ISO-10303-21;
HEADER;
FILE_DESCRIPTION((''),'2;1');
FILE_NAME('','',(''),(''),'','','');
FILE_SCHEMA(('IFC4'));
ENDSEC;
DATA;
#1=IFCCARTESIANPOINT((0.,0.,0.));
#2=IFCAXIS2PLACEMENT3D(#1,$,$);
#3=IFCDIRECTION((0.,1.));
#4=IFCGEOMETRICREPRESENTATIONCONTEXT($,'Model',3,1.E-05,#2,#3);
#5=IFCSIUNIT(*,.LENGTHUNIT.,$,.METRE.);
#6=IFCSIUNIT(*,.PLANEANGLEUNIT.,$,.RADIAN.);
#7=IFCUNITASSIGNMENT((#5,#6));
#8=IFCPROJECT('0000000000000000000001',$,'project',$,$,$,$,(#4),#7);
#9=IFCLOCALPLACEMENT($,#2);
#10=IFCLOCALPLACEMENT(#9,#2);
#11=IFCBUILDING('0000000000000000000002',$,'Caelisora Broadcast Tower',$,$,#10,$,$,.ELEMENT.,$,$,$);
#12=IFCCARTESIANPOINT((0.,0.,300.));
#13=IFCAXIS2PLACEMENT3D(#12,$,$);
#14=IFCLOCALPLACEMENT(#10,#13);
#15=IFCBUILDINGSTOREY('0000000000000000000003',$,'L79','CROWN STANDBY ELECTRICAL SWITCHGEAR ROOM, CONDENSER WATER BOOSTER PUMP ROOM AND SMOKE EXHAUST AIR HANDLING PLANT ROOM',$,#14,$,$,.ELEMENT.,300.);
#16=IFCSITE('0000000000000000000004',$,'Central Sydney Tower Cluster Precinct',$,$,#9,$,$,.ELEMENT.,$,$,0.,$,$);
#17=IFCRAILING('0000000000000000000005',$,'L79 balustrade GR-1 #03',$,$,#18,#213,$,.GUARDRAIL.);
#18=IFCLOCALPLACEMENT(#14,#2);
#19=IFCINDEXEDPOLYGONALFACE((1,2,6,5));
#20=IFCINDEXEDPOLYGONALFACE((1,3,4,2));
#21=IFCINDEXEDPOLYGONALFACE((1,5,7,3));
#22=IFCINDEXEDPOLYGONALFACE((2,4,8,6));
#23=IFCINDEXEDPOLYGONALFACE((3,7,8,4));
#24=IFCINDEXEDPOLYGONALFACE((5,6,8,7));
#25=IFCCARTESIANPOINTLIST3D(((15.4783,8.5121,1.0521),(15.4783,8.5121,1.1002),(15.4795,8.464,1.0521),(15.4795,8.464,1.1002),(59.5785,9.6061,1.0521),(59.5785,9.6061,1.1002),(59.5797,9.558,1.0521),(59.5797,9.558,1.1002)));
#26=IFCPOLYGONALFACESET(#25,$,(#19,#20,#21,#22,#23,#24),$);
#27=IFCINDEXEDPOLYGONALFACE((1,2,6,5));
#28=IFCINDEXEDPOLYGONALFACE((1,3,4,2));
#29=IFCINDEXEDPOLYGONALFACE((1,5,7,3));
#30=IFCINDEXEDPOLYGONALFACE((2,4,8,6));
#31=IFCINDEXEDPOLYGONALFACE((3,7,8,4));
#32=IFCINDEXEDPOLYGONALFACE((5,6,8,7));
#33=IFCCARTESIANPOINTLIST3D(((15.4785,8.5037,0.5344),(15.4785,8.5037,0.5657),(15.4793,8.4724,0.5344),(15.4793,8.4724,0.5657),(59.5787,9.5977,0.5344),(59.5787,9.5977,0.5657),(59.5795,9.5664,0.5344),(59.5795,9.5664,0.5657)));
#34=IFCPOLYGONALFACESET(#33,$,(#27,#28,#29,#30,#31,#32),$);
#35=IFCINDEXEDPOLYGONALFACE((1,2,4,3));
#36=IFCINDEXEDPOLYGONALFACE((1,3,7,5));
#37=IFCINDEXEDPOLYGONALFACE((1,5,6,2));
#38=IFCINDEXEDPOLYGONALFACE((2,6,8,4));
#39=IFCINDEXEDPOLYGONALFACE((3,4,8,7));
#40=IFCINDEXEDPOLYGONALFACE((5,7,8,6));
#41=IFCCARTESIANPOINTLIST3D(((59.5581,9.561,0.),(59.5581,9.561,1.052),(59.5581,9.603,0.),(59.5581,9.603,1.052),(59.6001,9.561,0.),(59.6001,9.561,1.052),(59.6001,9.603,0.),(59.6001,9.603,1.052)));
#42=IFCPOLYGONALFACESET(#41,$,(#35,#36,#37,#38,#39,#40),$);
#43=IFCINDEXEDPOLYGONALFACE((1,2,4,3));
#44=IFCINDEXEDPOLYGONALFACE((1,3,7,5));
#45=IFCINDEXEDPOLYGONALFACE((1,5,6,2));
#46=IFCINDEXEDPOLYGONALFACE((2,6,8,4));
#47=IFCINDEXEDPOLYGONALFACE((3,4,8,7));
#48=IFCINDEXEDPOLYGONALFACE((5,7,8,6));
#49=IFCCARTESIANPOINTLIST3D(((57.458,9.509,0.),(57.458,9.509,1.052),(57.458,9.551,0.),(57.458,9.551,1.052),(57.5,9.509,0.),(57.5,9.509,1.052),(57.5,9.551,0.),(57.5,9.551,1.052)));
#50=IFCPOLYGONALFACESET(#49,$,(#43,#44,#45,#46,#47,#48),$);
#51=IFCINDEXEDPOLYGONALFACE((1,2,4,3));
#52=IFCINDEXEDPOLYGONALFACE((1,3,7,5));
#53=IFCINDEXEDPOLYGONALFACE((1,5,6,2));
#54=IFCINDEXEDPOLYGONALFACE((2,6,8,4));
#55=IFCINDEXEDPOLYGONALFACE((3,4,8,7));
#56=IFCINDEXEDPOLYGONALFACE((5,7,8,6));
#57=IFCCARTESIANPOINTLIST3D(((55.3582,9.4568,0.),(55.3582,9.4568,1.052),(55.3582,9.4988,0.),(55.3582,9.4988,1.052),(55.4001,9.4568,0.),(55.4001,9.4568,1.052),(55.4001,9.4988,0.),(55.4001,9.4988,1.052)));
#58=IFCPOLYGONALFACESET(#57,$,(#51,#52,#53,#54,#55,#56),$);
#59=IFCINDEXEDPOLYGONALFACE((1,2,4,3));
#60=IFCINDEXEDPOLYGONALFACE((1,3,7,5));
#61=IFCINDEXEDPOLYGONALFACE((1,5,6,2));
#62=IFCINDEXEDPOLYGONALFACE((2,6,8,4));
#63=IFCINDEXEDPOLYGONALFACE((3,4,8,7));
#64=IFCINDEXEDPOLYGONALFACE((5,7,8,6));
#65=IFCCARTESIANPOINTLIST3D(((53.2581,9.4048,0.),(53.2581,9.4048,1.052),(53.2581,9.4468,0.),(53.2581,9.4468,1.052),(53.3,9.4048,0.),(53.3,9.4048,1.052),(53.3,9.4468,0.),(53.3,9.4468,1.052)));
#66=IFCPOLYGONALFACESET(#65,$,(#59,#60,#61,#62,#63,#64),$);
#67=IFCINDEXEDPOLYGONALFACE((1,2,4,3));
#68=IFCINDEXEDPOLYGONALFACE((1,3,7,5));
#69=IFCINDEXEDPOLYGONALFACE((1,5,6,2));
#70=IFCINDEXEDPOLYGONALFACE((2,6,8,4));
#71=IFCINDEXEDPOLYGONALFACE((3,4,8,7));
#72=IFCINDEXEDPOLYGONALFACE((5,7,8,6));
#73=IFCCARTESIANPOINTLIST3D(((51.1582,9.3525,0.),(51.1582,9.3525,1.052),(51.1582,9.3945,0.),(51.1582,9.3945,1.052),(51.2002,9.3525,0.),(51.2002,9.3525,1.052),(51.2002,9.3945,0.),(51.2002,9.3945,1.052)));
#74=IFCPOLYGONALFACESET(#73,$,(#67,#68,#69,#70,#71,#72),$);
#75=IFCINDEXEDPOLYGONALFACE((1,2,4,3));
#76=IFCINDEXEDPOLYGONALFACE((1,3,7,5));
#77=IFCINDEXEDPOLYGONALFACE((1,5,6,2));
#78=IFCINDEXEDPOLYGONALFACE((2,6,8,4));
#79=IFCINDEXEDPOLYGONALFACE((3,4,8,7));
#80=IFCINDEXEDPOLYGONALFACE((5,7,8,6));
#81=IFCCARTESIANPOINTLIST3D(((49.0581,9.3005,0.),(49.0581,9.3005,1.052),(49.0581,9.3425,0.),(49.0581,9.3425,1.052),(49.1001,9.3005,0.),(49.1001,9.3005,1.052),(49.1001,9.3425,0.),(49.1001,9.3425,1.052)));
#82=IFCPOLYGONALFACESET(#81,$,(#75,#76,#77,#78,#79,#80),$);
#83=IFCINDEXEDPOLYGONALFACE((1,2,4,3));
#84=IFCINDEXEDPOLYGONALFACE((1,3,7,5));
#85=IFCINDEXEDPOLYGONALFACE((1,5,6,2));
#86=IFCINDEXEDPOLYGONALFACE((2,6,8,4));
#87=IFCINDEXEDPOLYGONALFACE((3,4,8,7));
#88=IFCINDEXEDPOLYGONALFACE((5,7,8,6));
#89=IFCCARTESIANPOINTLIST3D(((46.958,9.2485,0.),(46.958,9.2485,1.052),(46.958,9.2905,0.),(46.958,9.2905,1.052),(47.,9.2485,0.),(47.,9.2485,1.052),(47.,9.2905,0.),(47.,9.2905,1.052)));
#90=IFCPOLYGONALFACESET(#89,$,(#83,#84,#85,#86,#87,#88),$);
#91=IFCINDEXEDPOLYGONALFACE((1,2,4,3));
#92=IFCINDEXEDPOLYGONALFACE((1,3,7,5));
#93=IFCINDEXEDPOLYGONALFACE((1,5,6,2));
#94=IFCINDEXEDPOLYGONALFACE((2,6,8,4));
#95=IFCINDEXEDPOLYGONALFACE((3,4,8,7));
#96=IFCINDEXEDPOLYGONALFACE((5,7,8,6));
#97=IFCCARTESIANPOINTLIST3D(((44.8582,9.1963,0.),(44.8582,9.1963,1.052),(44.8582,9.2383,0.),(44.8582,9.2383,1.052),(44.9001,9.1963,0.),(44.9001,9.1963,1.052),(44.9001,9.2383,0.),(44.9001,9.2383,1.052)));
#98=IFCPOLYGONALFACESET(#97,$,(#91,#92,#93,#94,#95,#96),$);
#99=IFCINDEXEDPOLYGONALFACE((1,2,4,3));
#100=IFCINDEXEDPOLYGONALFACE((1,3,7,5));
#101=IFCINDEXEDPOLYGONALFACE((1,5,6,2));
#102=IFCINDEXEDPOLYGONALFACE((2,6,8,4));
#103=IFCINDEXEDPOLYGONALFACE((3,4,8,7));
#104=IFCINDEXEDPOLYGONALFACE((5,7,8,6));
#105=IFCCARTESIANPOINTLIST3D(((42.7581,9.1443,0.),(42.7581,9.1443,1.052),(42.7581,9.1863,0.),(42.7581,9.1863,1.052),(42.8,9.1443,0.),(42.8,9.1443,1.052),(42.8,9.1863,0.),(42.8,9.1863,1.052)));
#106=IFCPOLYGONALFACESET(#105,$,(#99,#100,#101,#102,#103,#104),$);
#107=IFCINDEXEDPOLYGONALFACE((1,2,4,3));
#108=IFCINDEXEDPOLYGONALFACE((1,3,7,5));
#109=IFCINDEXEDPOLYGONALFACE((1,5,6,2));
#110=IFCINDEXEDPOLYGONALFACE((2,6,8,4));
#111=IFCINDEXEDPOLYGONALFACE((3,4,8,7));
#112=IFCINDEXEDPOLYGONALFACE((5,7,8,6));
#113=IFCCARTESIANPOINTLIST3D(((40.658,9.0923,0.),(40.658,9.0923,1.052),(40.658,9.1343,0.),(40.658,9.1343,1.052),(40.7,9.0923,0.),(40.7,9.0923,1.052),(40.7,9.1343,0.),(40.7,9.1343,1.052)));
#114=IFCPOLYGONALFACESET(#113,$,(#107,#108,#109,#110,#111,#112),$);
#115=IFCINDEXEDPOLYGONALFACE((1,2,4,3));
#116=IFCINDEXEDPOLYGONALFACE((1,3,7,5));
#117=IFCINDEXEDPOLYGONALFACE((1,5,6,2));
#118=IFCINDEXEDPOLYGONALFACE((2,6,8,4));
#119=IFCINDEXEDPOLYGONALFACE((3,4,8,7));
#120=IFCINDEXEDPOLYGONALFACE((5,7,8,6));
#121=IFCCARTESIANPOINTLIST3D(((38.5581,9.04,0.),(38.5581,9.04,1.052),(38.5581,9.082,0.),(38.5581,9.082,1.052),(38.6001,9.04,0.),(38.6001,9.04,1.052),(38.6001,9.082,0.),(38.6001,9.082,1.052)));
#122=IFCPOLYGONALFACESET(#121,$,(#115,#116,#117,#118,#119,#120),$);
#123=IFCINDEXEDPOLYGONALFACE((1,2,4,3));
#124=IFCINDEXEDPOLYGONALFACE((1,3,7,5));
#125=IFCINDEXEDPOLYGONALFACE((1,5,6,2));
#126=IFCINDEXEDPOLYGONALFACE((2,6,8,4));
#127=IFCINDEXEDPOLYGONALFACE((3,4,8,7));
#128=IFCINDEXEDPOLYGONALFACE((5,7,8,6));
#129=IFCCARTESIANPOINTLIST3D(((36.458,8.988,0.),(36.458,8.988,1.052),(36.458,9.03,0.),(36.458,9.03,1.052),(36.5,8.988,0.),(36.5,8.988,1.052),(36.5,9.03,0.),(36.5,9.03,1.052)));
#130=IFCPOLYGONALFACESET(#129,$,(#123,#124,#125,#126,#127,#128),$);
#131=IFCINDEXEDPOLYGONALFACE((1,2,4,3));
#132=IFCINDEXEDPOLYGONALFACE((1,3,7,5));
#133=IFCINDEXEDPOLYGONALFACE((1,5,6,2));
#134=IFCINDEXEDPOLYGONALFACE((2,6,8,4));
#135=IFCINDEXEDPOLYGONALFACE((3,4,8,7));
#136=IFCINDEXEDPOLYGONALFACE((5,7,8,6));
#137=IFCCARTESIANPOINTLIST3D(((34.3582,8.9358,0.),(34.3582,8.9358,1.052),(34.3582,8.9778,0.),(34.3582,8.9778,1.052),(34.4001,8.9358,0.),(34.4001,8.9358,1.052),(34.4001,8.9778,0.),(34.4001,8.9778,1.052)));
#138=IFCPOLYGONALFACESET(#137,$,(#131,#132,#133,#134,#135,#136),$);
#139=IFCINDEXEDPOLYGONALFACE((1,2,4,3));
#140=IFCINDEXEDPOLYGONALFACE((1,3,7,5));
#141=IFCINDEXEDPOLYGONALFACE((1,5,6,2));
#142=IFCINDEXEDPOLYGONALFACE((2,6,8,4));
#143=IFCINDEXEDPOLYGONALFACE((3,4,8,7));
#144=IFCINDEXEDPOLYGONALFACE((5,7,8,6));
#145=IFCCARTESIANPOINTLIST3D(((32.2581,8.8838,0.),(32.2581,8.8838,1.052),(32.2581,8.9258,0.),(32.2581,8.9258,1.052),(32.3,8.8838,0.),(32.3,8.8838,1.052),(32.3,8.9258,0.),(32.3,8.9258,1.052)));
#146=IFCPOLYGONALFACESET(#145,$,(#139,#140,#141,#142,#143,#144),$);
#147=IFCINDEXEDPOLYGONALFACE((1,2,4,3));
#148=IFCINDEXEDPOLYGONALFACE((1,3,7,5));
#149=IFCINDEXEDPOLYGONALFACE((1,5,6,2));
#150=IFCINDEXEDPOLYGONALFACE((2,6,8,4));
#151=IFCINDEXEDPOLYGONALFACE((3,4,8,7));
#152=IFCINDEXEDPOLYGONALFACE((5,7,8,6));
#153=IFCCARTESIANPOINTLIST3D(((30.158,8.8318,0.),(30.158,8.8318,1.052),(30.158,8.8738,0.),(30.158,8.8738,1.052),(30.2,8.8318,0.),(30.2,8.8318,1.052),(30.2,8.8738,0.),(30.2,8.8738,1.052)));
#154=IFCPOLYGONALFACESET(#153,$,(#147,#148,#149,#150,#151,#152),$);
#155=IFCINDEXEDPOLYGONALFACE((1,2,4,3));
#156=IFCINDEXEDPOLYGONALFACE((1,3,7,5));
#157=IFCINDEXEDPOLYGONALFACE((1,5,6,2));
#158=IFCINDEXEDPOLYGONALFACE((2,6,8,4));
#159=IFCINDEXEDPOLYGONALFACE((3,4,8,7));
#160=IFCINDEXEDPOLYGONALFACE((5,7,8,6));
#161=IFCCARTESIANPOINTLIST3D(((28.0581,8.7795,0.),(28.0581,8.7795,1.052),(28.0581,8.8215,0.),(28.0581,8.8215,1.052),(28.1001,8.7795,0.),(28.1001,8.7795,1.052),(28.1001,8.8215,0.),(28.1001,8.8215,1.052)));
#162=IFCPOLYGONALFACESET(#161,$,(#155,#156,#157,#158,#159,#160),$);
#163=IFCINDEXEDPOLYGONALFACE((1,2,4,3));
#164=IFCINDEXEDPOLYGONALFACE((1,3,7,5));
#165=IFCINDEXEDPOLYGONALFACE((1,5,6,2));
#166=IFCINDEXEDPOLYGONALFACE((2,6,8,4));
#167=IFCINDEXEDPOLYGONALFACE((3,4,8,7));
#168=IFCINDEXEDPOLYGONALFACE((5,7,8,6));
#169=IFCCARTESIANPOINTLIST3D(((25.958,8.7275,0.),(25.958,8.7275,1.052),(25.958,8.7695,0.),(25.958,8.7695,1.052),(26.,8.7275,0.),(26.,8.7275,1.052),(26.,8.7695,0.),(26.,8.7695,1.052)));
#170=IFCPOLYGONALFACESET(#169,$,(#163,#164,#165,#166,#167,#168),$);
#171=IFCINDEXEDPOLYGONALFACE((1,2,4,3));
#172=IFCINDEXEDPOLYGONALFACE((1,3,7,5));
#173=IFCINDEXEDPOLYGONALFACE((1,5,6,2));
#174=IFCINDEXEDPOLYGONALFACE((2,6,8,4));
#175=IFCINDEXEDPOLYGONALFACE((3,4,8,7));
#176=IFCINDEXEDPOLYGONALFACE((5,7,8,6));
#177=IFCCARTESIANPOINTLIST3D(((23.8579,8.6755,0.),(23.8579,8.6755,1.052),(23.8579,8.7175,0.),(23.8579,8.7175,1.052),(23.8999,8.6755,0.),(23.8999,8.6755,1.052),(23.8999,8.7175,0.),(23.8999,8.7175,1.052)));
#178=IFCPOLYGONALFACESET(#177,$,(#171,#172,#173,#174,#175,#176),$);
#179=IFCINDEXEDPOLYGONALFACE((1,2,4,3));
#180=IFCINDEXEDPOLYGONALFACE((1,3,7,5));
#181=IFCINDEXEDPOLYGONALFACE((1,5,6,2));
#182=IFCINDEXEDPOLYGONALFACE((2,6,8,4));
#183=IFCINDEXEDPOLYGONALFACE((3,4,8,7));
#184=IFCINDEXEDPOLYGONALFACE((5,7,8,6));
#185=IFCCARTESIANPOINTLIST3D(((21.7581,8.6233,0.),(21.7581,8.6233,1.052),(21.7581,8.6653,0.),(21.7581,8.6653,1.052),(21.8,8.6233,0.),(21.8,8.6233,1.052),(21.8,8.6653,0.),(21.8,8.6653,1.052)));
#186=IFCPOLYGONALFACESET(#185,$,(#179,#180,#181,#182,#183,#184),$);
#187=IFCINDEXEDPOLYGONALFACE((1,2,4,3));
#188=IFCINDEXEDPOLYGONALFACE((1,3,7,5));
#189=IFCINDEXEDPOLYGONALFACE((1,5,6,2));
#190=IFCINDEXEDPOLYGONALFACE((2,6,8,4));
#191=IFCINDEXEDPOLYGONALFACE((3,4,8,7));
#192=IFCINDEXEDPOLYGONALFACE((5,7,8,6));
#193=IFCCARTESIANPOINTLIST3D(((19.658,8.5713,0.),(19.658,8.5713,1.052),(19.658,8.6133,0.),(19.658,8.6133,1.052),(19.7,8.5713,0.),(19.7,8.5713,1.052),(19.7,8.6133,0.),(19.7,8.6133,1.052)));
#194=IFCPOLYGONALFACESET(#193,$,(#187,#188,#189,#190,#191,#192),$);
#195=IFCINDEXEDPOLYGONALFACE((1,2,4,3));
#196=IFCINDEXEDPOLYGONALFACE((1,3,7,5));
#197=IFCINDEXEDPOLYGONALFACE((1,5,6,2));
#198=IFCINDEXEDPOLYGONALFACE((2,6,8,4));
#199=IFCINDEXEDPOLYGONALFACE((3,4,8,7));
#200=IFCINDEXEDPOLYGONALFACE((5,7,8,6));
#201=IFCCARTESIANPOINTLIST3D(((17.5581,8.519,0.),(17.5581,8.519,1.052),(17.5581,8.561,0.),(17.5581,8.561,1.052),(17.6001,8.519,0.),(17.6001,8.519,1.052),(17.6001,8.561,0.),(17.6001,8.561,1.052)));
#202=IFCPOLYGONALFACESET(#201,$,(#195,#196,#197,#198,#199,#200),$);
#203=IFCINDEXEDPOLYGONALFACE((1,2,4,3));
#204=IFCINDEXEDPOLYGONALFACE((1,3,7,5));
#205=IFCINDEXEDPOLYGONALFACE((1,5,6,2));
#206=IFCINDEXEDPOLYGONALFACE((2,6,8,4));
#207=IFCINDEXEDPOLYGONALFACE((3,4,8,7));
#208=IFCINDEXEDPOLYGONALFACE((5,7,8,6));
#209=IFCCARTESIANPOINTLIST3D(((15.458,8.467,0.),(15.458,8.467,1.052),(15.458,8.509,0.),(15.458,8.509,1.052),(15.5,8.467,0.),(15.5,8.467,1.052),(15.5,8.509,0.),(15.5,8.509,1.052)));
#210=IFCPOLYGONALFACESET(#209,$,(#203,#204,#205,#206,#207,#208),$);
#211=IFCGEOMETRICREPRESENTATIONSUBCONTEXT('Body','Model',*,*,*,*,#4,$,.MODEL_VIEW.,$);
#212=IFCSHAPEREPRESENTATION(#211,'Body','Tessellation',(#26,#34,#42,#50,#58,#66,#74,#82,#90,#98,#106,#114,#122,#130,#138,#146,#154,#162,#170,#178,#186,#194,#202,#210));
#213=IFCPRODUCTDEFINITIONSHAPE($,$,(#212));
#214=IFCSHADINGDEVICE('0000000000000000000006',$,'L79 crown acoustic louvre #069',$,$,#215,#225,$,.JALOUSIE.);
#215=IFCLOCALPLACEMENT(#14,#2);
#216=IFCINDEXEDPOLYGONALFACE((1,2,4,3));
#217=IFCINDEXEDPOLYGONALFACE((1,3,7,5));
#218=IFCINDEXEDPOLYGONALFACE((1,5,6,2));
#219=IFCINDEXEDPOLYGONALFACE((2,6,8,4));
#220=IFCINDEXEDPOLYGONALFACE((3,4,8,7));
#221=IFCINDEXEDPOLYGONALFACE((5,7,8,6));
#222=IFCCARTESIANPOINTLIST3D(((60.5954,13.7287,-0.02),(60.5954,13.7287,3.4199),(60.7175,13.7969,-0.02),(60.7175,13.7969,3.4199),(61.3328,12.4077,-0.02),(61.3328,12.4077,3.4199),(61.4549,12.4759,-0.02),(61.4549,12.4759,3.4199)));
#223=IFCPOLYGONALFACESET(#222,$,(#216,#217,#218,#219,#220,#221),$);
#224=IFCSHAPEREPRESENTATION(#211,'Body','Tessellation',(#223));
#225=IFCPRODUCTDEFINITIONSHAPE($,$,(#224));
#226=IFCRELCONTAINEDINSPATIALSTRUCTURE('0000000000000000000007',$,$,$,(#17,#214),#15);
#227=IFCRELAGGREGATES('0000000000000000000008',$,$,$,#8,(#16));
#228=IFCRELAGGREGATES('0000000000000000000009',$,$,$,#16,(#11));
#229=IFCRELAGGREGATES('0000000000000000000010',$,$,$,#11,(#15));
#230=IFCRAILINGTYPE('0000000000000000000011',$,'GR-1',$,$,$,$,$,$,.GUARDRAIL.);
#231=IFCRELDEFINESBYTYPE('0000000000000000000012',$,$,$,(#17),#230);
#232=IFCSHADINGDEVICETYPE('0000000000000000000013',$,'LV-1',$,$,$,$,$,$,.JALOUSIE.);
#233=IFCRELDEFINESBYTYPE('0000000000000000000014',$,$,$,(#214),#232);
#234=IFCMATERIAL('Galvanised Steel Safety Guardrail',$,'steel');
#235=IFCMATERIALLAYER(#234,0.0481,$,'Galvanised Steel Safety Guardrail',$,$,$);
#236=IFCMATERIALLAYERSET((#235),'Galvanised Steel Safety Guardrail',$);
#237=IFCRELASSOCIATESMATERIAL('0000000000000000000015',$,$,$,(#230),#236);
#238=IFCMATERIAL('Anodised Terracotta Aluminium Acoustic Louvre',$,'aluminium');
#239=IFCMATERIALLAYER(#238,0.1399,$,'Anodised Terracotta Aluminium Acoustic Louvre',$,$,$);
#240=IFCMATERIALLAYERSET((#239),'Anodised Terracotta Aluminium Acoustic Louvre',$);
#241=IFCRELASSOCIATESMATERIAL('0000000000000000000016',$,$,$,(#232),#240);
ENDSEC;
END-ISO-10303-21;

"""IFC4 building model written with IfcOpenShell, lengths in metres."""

from ifc_helpers import new_model, si_unit, direction, frame, origin, origin_2d, place, context, subcontext, project, spatial, rectangle, extrude, source, transform, mapped, material, layer, layer_set, type_object, element, save


model = new_model("IFC4")

# Units and contexts
model_context = context("Model", 3, precision=1e-05, world=origin(), true_north=direction((0.0, 1.0)))
body_context = subcontext(model_context, "Body", "Model", "MODEL_VIEW")
ifc_project = project(units=[si_unit("LENGTHUNIT", "METRE"), si_unit("PLANEANGLEUNIT", "RADIAN")], contexts=[model_context])

# Site, building, storey
site_placement = place(None, origin())
site = spatial("IfcSite", under=ifc_project, at=site_placement, Name="Central Sydney Tower Cluster Precinct", CompositionType="ELEMENT", RefElevation=0.0)
building_placement = place(site_placement, origin())
building = spatial("IfcBuilding", under=site, at=building_placement, Name="Caelisora Broadcast Tower", CompositionType="ELEMENT")
storey_placement = place(building_placement, frame((0.0, 0.0, 300.0)))
storey = spatial("IfcBuildingStorey", under=building, at=storey_placement, Name="L79", Description="CROWN STANDBY ELECTRICAL SWITCHGEAR ROOM, CONDENSER WATER BOOSTER PUMP ROOM AND SMOKE EXHAUST AIR HANDLING PLANT ROOM", CompositionType="ELEMENT", Elevation=300.0)

# Railing
ifc_material_1 = material(Name="Galvanised Steel Safety Guardrail", Category="steel")
ifc_layer_1 = layer(ifc_material_1, 0.0481, Name="Galvanised Steel Safety Guardrail")
ifc_layer_set_1 = layer_set([ifc_layer_1], Name="Galvanised Steel Safety Guardrail")
railing_type = type_object("IfcRailingType", Name="GR-1", PredefinedType="GUARDRAIL", material=ifc_layer_set_1)
railing_1_placement = place(storey_placement, frame((59.5791, 9.582, 0.0)))
element("IfcRailing", 1, at=railing_1_placement, inside=storey, type_object=railing_type, Name="L79 balustrade GR-1 #03", PredefinedType="GUARDRAIL", context=body_context, shape_type="SweptSolid", body=[
    extrude(rectangle(XDim=0.0481, YDim=0.0481, at=origin_2d()), frame((0.0, 0.0, 1.0762), z_axis=(-0.999692, -0.024799, 0.0), x_axis=(0.024799, -0.999692, 0.0)), (0.0, 0.0, 1.0), 44.1138),
    extrude(rectangle(XDim=0.0312, YDim=0.0312, at=origin_2d()), frame((0.0, 0.0, 0.55), z_axis=(-0.999692, -0.024799, 0.0), x_axis=(0.024799, -0.999692, 0.0)), (0.0, 0.0, 1.0), 44.1138),
    extrude(rectangle(XDim=0.042, YDim=0.042, at=origin_2d()), origin(), (0.0, 0.0, 1.0), 1.052),
    extrude(rectangle(XDim=0.042, YDim=0.042, at=origin_2d()), frame((-2.1001, -0.052, 0.0)), (0.0, 0.0, 1.0), 1.052),
    extrude(rectangle(XDim=0.042, YDim=0.042, at=origin_2d()), frame((-4.2, -0.1042, 0.0)), (0.0, 0.0, 1.0), 1.052),
    extrude(rectangle(XDim=0.042, YDim=0.042, at=origin_2d()), frame((-6.3, -0.1562, 0.0)), (0.0, 0.0, 1.0), 1.052),
    extrude(rectangle(XDim=0.042, YDim=0.042, at=origin_2d()), frame((-8.3999, -0.2085, 0.0)), (0.0, 0.0, 1.0), 1.052),
    extrude(rectangle(XDim=0.042, YDim=0.042, at=origin_2d()), frame((-10.5, -0.2605, 0.0)), (0.0, 0.0, 1.0), 1.052),
    extrude(rectangle(XDim=0.042, YDim=0.042, at=origin_2d()), frame((-12.6001, -0.3125, 0.0)), (0.0, 0.0, 1.0), 1.052),
    extrude(rectangle(XDim=0.042, YDim=0.042, at=origin_2d()), frame((-14.7, -0.3647, 0.0)), (0.0, 0.0, 1.0), 1.052),
    extrude(rectangle(XDim=0.042, YDim=0.042, at=origin_2d()), frame((-16.8, -0.4167, 0.0)), (0.0, 0.0, 1.0), 1.052),
    extrude(rectangle(XDim=0.042, YDim=0.042, at=origin_2d()), frame((-18.9001, -0.4688, 0.0)), (0.0, 0.0, 1.0), 1.052),
    extrude(rectangle(XDim=0.042, YDim=0.042, at=origin_2d()), frame((-21.0, -0.521, 0.0)), (0.0, 0.0, 1.0), 1.052),
    extrude(rectangle(XDim=0.042, YDim=0.042, at=origin_2d()), frame((-23.1001, -0.573, 0.0)), (0.0, 0.0, 1.0), 1.052),
    extrude(rectangle(XDim=0.042, YDim=0.042, at=origin_2d()), frame((-25.2, -0.6252, 0.0)), (0.0, 0.0, 1.0), 1.052),
    extrude(rectangle(XDim=0.042, YDim=0.042, at=origin_2d()), frame((-27.3, -0.6772, 0.0)), (0.0, 0.0, 1.0), 1.052),
    extrude(rectangle(XDim=0.042, YDim=0.042, at=origin_2d()), frame((-29.4001, -0.7292, 0.0)), (0.0, 0.0, 1.0), 1.052),
    extrude(rectangle(XDim=0.042, YDim=0.042, at=origin_2d()), frame((-31.5, -0.7815, 0.0)), (0.0, 0.0, 1.0), 1.052),
    extrude(rectangle(XDim=0.042, YDim=0.042, at=origin_2d()), frame((-33.6001, -0.8335, 0.0)), (0.0, 0.0, 1.0), 1.052),
    extrude(rectangle(XDim=0.042, YDim=0.042, at=origin_2d()), frame((-35.7002, -0.8855, 0.0)), (0.0, 0.0, 1.0), 1.052),
    extrude(rectangle(XDim=0.042, YDim=0.042, at=origin_2d()), frame((-37.8, -0.9377, 0.0)), (0.0, 0.0, 1.0), 1.052),
    extrude(rectangle(XDim=0.042, YDim=0.042, at=origin_2d()), frame((-39.9001, -0.9897, 0.0)), (0.0, 0.0, 1.0), 1.052),
    extrude(rectangle(XDim=0.042, YDim=0.042, at=origin_2d()), frame((-42.0, -1.042, 0.0)), (0.0, 0.0, 1.0), 1.052),
    extrude(rectangle(XDim=0.042, YDim=0.042, at=origin_2d()), frame((-44.1001, -1.094, 0.0)), (0.0, 0.0, 1.0), 1.052),
])

# Shading device
ifc_material_2 = material(Name="Anodised Terracotta Aluminium Acoustic Louvre", Category="aluminium")
ifc_layer_2 = layer(ifc_material_2, 0.1399, Name="Anodised Terracotta Aluminium Acoustic Louvre")
ifc_layer_set_2 = layer_set([ifc_layer_2], Name="Anodised Terracotta Aluminium Acoustic Louvre")
shading_device_type = type_object("IfcShadingDeviceType", Name="LV-1", PredefinedType="JALOUSIE", material=ifc_layer_set_2)
shared_shape_1 = source(origin(), body_context, "Body", "SweptSolid", [
    extrude(rectangle(XDim=1.5129, YDim=0.1399, at=origin_2d()), origin(), (0.0, 0.0, 1.0), 3.4399),
])
shading_device_placement = place(storey_placement, frame((61.0251, 13.1023, -0.02), z_axis=(0.0, 0.0, 1.0), x_axis=(-0.487403, 0.873177, 0.0)))
element("IfcShadingDevice", 2, at=shading_device_placement, inside=storey, type_object=shading_device_type, Name="L79 crown acoustic louvre #069", PredefinedType="JALOUSIE", context=body_context, shape_type="MappedRepresentation", body=[
    mapped(shared_shape_1, transform((0.0, 0.0, 0.0), scale=1.0)),
])

save(model, "model.ifc")
